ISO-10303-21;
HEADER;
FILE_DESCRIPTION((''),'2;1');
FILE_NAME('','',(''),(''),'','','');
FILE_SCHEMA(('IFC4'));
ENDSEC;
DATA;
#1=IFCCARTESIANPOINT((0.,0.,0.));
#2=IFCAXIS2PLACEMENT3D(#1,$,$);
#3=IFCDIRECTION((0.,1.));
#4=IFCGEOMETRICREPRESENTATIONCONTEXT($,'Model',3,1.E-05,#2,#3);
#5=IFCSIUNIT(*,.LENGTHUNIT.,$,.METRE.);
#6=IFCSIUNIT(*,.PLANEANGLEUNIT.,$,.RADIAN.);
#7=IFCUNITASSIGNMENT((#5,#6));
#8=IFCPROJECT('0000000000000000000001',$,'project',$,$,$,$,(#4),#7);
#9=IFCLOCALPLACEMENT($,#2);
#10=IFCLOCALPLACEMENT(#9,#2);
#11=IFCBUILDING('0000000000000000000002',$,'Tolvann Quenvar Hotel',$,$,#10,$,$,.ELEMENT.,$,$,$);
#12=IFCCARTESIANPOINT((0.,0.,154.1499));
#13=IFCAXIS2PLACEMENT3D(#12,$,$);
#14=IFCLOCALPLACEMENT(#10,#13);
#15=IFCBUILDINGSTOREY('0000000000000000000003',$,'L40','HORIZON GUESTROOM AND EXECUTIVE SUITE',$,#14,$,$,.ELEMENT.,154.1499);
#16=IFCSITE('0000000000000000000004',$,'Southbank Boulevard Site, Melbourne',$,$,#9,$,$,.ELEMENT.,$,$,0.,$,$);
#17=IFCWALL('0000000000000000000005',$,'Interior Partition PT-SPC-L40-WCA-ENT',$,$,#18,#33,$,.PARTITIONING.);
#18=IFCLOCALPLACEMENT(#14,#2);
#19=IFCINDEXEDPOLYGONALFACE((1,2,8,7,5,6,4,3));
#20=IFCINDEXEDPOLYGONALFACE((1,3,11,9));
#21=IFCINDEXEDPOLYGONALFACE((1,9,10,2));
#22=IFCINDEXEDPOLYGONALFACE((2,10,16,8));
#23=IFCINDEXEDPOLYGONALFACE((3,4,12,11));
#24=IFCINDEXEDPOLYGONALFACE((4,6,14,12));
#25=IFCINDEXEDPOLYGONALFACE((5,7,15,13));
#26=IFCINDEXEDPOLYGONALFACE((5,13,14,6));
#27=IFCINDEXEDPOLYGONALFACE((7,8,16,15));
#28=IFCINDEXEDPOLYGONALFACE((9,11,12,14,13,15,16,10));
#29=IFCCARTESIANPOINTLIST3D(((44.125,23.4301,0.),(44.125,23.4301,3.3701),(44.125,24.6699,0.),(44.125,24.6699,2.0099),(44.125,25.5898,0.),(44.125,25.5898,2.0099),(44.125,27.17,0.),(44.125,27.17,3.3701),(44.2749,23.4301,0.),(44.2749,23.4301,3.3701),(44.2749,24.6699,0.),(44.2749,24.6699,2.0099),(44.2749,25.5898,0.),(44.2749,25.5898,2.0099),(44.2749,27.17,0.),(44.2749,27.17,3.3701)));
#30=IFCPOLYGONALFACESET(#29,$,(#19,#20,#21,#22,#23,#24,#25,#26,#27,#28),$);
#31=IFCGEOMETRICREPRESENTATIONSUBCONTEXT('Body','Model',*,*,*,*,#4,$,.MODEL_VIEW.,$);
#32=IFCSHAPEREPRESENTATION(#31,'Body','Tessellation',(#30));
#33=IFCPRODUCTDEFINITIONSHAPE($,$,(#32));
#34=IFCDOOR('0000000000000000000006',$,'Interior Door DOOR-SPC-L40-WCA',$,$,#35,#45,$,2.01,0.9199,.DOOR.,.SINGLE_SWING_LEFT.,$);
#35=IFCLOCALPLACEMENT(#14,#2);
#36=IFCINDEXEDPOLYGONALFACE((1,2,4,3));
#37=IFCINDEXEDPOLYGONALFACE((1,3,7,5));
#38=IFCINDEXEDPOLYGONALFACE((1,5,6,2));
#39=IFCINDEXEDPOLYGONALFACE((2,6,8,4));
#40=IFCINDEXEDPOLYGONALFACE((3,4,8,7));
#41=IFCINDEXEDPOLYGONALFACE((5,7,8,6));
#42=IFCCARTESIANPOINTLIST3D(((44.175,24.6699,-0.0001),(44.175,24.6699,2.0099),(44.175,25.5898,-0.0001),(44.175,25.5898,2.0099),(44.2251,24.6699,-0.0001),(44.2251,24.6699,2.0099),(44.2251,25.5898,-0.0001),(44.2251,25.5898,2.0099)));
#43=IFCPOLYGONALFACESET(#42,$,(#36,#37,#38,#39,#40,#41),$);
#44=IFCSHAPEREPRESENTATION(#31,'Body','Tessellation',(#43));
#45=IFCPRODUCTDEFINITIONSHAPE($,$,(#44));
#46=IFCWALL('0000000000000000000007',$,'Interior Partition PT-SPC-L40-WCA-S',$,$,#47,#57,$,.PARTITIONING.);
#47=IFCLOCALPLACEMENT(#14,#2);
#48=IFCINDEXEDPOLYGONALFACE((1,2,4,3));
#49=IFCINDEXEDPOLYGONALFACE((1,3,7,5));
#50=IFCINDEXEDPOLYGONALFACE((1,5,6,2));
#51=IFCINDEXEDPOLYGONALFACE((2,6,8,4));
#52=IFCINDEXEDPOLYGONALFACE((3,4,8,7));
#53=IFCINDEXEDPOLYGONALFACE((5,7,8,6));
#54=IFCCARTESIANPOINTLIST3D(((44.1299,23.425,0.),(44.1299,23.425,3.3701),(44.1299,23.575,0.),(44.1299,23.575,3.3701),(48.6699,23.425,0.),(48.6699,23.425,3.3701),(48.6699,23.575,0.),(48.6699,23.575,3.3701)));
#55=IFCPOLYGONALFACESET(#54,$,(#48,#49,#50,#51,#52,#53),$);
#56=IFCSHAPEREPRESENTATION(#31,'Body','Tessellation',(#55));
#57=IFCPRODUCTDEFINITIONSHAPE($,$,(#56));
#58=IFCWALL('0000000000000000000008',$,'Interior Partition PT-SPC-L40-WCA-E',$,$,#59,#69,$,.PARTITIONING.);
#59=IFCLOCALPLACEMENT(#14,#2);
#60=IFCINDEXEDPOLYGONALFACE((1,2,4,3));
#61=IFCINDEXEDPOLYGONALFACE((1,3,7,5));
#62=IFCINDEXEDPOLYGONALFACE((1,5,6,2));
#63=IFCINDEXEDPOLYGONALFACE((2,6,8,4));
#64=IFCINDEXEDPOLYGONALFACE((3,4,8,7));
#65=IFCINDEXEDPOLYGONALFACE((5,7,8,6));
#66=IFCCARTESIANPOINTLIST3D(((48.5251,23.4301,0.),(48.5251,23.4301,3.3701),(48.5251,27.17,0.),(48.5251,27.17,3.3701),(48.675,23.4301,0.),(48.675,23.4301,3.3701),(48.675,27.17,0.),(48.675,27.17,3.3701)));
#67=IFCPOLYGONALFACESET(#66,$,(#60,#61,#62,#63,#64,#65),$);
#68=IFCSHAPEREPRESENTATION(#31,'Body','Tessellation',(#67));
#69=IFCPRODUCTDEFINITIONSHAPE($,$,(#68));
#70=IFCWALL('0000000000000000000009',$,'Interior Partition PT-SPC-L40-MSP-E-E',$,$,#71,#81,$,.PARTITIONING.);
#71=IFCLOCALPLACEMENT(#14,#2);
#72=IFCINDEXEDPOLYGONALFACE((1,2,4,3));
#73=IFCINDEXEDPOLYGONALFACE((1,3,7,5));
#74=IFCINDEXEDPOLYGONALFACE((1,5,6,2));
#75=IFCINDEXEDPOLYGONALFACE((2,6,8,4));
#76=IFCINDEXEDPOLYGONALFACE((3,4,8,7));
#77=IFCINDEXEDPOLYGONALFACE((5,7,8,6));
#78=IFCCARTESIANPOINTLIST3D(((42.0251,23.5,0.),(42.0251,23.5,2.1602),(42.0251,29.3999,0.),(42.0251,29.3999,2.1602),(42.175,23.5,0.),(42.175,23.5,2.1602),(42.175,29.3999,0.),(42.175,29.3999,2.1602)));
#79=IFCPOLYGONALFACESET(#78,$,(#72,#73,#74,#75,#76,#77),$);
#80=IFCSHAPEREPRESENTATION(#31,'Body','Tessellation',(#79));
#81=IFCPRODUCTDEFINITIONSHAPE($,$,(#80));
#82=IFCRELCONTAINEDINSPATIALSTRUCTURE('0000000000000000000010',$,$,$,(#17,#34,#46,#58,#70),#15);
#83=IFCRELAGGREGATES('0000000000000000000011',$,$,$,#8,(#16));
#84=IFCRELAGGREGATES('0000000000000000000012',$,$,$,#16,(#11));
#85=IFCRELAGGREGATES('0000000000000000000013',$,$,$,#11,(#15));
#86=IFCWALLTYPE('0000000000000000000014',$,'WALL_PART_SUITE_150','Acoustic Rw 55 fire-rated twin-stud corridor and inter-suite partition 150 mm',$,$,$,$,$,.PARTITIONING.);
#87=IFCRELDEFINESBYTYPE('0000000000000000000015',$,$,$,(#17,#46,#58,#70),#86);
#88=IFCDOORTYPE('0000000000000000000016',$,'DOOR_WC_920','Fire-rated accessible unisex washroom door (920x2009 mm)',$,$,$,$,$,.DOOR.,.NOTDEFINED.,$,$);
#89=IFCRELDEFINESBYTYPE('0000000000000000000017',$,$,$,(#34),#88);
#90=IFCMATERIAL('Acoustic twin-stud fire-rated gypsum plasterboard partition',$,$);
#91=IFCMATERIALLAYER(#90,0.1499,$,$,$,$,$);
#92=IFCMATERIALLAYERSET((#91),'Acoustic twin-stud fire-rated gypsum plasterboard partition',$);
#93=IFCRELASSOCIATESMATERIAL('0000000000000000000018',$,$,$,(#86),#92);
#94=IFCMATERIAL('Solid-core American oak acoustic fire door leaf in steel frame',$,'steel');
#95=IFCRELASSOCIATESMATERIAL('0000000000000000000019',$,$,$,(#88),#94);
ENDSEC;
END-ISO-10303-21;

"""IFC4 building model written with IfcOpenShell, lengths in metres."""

from ifc_helpers import new_model, si_unit, direction, frame, frame_2d, origin, place, context, subcontext, project, spatial, rectangle, extrude, source, transform, mapped, material, layer, layer_set, type_object, type_shapes, element, fill, save


model = new_model("IFC4")

# Units and contexts
model_context = context("Model", 3, precision=1e-05, world=origin(), true_north=direction((0.0, 1.0)))
body_context = subcontext(model_context, "Body", "Model", "MODEL_VIEW")
ifc_project = project(units=[si_unit("LENGTHUNIT", "METRE"), si_unit("PLANEANGLEUNIT", "RADIAN")], contexts=[model_context])

# Site, building, storey
site_placement = place(None, origin())
site = spatial("IfcSite", under=ifc_project, at=site_placement, Name="Southbank Boulevard Site, Melbourne", CompositionType="ELEMENT", RefElevation=0.0)
building_placement = place(site_placement, origin())
building = spatial("IfcBuilding", under=site, at=building_placement, Name="Tolvann Quenvar Hotel", CompositionType="ELEMENT")
storey_placement = place(building_placement, frame((0.0, 0.0, 154.1499)))
storey = spatial("IfcBuildingStorey", under=building, at=storey_placement, Name="L40", Description="HORIZON GUESTROOM AND EXECUTIVE SUITE", CompositionType="ELEMENT", Elevation=154.1499)

# Shared definitions
ifc_material_1 = material(Name="Acoustic twin-stud fire-rated gypsum plasterboard partition")
ifc_layer_1 = layer(ifc_material_1, 0.1499)
ifc_layer_set_1 = layer_set([ifc_layer_1], Name="Acoustic twin-stud fire-rated gypsum plasterboard partition")
wall_type_1 = type_object("IfcWallType", Name="WALL_PART_SUITE_150", Description="Acoustic Rw 55 fire-rated twin-stud corridor and inter-suite partition 150 mm", PredefinedType="PARTITIONING", material=ifc_layer_set_1)
ifc_material_2 = material(Name="Solid-core American oak acoustic fire door leaf in steel frame", Category="steel")
door_type_1 = type_object("IfcDoorType", Name="DOOR_WC_920", Description="Fire-rated accessible unisex washroom door (920x2009 mm)", OperationType="NOTDEFINED", PredefinedType="DOOR", material=ifc_material_2)
shared_shape_1 = source(origin(), body_context, "Body", "SweptSolid", [
    extrude(rectangle(XDim=0.9199, YDim=2.01, at=frame_2d((0.46, 1.0049))), frame((0.0, 0.0249, 0.0), z_axis=(0.0, -1.0, 0.0), x_axis=(1.0, 0.0, 0.0)), (0.0, 0.0, 1.0), 0.05),
])
type_shapes(door_type_1, [shared_shape_1])

# Wall, opening, door
wall_1_placement = place(storey_placement, frame((44.2, 23.4299, 0.0), z_axis=(0.0, 0.0, 1.0), x_axis=(0.0, 1.0, 0.0)))
wall_1 = element("IfcWall", 1, at=wall_1_placement, inside=storey, type_object=wall_type_1, Name="Interior Partition PT-SPC-L40-WCA-ENT", PredefinedType="PARTITIONING", context=body_context, shape_type="SweptSolid", body=[
    extrude(rectangle(XDim=3.74, YDim=0.1499, at=frame_2d((1.8701, 0.0))), origin(), (0.0, 0.0, 1.0), 3.3701),
])
opening_1_placement = place(wall_1_placement, frame((1.24, 0.0, 0.0)))
opening_1 = element("IfcOpeningElement", 2, at=opening_1_placement, cuts=wall_1, PredefinedType="OPENING", context=body_context, shape_type="SweptSolid", body=[
    extrude(rectangle(XDim=0.9199, YDim=2.01, at=frame_2d((0.46, 1.0049))), frame((0.0, 0.085, 0.0), z_axis=(0.0, -1.0, 0.0), x_axis=(1.0, 0.0, 0.0)), (0.0, 0.0, 1.0), 0.1699),
])
door_1_placement = place(opening_1_placement, origin())
door_1 = element("IfcDoor", 3, at=door_1_placement, inside=storey, type_object=door_type_1, Name="Interior Door DOOR-SPC-L40-WCA", OperationType="SINGLE_SWING_LEFT", OverallHeight=2.01, OverallWidth=0.9199, PredefinedType="DOOR", context=body_context, shape_type="MappedRepresentation", body=[
    mapped(shared_shape_1, transform((0.0, 0.0, 0.0), x_axis=(1.0, 0.0, 0.0), y_axis=(0.0, 1.0, 0.0), z_axis=(0.0, 0.0, 1.0), scale=1.0)),
])
fill(opening_1, door_1)

# Walls
wall_2_placement = place(storey_placement, frame((44.1299, 23.5, 0.0), z_axis=(0.0, 0.0, 1.0), x_axis=(1.0, 0.0, 0.0)))
element("IfcWall", 4, at=wall_2_placement, inside=storey, type_object=wall_type_1, Name="Interior Partition PT-SPC-L40-WCA-S", PredefinedType="PARTITIONING", context=body_context, shape_type="SweptSolid", body=[
    extrude(rectangle(XDim=4.54, YDim=0.1499, at=frame_2d((2.27, 0.0))), origin(), (0.0, 0.0, 1.0), 3.3701),
])
wall_3_placement = place(storey_placement, frame((48.6001, 23.4299, 0.0), z_axis=(0.0, 0.0, 1.0), x_axis=(0.0, 1.0, 0.0)))
element("IfcWall", 5, at=wall_3_placement, inside=storey, type_object=wall_type_1, Name="Interior Partition PT-SPC-L40-WCA-E", PredefinedType="PARTITIONING", context=body_context, shape_type="SweptSolid", body=[
    extrude(rectangle(XDim=3.74, YDim=0.1499, at=frame_2d((1.8701, 0.0))), origin(), (0.0, 0.0, 1.0), 3.3701),
])
wall_4_placement = place(storey_placement, frame((42.1001, 23.5, 0.0), z_axis=(0.0, 0.0, 1.0), x_axis=(0.0, 1.0, 0.0)))
element("IfcWall", 6, at=wall_4_placement, inside=storey, type_object=wall_type_1, Name="Interior Partition PT-SPC-L40-MSP-E-E", PredefinedType="PARTITIONING", context=body_context, shape_type="SweptSolid", body=[
    extrude(rectangle(XDim=5.8999, YDim=0.1499, at=frame_2d((2.95, 0.0))), origin(), (0.0, 0.0, 1.0), 2.1602),
])

save(model, "model.ifc")
